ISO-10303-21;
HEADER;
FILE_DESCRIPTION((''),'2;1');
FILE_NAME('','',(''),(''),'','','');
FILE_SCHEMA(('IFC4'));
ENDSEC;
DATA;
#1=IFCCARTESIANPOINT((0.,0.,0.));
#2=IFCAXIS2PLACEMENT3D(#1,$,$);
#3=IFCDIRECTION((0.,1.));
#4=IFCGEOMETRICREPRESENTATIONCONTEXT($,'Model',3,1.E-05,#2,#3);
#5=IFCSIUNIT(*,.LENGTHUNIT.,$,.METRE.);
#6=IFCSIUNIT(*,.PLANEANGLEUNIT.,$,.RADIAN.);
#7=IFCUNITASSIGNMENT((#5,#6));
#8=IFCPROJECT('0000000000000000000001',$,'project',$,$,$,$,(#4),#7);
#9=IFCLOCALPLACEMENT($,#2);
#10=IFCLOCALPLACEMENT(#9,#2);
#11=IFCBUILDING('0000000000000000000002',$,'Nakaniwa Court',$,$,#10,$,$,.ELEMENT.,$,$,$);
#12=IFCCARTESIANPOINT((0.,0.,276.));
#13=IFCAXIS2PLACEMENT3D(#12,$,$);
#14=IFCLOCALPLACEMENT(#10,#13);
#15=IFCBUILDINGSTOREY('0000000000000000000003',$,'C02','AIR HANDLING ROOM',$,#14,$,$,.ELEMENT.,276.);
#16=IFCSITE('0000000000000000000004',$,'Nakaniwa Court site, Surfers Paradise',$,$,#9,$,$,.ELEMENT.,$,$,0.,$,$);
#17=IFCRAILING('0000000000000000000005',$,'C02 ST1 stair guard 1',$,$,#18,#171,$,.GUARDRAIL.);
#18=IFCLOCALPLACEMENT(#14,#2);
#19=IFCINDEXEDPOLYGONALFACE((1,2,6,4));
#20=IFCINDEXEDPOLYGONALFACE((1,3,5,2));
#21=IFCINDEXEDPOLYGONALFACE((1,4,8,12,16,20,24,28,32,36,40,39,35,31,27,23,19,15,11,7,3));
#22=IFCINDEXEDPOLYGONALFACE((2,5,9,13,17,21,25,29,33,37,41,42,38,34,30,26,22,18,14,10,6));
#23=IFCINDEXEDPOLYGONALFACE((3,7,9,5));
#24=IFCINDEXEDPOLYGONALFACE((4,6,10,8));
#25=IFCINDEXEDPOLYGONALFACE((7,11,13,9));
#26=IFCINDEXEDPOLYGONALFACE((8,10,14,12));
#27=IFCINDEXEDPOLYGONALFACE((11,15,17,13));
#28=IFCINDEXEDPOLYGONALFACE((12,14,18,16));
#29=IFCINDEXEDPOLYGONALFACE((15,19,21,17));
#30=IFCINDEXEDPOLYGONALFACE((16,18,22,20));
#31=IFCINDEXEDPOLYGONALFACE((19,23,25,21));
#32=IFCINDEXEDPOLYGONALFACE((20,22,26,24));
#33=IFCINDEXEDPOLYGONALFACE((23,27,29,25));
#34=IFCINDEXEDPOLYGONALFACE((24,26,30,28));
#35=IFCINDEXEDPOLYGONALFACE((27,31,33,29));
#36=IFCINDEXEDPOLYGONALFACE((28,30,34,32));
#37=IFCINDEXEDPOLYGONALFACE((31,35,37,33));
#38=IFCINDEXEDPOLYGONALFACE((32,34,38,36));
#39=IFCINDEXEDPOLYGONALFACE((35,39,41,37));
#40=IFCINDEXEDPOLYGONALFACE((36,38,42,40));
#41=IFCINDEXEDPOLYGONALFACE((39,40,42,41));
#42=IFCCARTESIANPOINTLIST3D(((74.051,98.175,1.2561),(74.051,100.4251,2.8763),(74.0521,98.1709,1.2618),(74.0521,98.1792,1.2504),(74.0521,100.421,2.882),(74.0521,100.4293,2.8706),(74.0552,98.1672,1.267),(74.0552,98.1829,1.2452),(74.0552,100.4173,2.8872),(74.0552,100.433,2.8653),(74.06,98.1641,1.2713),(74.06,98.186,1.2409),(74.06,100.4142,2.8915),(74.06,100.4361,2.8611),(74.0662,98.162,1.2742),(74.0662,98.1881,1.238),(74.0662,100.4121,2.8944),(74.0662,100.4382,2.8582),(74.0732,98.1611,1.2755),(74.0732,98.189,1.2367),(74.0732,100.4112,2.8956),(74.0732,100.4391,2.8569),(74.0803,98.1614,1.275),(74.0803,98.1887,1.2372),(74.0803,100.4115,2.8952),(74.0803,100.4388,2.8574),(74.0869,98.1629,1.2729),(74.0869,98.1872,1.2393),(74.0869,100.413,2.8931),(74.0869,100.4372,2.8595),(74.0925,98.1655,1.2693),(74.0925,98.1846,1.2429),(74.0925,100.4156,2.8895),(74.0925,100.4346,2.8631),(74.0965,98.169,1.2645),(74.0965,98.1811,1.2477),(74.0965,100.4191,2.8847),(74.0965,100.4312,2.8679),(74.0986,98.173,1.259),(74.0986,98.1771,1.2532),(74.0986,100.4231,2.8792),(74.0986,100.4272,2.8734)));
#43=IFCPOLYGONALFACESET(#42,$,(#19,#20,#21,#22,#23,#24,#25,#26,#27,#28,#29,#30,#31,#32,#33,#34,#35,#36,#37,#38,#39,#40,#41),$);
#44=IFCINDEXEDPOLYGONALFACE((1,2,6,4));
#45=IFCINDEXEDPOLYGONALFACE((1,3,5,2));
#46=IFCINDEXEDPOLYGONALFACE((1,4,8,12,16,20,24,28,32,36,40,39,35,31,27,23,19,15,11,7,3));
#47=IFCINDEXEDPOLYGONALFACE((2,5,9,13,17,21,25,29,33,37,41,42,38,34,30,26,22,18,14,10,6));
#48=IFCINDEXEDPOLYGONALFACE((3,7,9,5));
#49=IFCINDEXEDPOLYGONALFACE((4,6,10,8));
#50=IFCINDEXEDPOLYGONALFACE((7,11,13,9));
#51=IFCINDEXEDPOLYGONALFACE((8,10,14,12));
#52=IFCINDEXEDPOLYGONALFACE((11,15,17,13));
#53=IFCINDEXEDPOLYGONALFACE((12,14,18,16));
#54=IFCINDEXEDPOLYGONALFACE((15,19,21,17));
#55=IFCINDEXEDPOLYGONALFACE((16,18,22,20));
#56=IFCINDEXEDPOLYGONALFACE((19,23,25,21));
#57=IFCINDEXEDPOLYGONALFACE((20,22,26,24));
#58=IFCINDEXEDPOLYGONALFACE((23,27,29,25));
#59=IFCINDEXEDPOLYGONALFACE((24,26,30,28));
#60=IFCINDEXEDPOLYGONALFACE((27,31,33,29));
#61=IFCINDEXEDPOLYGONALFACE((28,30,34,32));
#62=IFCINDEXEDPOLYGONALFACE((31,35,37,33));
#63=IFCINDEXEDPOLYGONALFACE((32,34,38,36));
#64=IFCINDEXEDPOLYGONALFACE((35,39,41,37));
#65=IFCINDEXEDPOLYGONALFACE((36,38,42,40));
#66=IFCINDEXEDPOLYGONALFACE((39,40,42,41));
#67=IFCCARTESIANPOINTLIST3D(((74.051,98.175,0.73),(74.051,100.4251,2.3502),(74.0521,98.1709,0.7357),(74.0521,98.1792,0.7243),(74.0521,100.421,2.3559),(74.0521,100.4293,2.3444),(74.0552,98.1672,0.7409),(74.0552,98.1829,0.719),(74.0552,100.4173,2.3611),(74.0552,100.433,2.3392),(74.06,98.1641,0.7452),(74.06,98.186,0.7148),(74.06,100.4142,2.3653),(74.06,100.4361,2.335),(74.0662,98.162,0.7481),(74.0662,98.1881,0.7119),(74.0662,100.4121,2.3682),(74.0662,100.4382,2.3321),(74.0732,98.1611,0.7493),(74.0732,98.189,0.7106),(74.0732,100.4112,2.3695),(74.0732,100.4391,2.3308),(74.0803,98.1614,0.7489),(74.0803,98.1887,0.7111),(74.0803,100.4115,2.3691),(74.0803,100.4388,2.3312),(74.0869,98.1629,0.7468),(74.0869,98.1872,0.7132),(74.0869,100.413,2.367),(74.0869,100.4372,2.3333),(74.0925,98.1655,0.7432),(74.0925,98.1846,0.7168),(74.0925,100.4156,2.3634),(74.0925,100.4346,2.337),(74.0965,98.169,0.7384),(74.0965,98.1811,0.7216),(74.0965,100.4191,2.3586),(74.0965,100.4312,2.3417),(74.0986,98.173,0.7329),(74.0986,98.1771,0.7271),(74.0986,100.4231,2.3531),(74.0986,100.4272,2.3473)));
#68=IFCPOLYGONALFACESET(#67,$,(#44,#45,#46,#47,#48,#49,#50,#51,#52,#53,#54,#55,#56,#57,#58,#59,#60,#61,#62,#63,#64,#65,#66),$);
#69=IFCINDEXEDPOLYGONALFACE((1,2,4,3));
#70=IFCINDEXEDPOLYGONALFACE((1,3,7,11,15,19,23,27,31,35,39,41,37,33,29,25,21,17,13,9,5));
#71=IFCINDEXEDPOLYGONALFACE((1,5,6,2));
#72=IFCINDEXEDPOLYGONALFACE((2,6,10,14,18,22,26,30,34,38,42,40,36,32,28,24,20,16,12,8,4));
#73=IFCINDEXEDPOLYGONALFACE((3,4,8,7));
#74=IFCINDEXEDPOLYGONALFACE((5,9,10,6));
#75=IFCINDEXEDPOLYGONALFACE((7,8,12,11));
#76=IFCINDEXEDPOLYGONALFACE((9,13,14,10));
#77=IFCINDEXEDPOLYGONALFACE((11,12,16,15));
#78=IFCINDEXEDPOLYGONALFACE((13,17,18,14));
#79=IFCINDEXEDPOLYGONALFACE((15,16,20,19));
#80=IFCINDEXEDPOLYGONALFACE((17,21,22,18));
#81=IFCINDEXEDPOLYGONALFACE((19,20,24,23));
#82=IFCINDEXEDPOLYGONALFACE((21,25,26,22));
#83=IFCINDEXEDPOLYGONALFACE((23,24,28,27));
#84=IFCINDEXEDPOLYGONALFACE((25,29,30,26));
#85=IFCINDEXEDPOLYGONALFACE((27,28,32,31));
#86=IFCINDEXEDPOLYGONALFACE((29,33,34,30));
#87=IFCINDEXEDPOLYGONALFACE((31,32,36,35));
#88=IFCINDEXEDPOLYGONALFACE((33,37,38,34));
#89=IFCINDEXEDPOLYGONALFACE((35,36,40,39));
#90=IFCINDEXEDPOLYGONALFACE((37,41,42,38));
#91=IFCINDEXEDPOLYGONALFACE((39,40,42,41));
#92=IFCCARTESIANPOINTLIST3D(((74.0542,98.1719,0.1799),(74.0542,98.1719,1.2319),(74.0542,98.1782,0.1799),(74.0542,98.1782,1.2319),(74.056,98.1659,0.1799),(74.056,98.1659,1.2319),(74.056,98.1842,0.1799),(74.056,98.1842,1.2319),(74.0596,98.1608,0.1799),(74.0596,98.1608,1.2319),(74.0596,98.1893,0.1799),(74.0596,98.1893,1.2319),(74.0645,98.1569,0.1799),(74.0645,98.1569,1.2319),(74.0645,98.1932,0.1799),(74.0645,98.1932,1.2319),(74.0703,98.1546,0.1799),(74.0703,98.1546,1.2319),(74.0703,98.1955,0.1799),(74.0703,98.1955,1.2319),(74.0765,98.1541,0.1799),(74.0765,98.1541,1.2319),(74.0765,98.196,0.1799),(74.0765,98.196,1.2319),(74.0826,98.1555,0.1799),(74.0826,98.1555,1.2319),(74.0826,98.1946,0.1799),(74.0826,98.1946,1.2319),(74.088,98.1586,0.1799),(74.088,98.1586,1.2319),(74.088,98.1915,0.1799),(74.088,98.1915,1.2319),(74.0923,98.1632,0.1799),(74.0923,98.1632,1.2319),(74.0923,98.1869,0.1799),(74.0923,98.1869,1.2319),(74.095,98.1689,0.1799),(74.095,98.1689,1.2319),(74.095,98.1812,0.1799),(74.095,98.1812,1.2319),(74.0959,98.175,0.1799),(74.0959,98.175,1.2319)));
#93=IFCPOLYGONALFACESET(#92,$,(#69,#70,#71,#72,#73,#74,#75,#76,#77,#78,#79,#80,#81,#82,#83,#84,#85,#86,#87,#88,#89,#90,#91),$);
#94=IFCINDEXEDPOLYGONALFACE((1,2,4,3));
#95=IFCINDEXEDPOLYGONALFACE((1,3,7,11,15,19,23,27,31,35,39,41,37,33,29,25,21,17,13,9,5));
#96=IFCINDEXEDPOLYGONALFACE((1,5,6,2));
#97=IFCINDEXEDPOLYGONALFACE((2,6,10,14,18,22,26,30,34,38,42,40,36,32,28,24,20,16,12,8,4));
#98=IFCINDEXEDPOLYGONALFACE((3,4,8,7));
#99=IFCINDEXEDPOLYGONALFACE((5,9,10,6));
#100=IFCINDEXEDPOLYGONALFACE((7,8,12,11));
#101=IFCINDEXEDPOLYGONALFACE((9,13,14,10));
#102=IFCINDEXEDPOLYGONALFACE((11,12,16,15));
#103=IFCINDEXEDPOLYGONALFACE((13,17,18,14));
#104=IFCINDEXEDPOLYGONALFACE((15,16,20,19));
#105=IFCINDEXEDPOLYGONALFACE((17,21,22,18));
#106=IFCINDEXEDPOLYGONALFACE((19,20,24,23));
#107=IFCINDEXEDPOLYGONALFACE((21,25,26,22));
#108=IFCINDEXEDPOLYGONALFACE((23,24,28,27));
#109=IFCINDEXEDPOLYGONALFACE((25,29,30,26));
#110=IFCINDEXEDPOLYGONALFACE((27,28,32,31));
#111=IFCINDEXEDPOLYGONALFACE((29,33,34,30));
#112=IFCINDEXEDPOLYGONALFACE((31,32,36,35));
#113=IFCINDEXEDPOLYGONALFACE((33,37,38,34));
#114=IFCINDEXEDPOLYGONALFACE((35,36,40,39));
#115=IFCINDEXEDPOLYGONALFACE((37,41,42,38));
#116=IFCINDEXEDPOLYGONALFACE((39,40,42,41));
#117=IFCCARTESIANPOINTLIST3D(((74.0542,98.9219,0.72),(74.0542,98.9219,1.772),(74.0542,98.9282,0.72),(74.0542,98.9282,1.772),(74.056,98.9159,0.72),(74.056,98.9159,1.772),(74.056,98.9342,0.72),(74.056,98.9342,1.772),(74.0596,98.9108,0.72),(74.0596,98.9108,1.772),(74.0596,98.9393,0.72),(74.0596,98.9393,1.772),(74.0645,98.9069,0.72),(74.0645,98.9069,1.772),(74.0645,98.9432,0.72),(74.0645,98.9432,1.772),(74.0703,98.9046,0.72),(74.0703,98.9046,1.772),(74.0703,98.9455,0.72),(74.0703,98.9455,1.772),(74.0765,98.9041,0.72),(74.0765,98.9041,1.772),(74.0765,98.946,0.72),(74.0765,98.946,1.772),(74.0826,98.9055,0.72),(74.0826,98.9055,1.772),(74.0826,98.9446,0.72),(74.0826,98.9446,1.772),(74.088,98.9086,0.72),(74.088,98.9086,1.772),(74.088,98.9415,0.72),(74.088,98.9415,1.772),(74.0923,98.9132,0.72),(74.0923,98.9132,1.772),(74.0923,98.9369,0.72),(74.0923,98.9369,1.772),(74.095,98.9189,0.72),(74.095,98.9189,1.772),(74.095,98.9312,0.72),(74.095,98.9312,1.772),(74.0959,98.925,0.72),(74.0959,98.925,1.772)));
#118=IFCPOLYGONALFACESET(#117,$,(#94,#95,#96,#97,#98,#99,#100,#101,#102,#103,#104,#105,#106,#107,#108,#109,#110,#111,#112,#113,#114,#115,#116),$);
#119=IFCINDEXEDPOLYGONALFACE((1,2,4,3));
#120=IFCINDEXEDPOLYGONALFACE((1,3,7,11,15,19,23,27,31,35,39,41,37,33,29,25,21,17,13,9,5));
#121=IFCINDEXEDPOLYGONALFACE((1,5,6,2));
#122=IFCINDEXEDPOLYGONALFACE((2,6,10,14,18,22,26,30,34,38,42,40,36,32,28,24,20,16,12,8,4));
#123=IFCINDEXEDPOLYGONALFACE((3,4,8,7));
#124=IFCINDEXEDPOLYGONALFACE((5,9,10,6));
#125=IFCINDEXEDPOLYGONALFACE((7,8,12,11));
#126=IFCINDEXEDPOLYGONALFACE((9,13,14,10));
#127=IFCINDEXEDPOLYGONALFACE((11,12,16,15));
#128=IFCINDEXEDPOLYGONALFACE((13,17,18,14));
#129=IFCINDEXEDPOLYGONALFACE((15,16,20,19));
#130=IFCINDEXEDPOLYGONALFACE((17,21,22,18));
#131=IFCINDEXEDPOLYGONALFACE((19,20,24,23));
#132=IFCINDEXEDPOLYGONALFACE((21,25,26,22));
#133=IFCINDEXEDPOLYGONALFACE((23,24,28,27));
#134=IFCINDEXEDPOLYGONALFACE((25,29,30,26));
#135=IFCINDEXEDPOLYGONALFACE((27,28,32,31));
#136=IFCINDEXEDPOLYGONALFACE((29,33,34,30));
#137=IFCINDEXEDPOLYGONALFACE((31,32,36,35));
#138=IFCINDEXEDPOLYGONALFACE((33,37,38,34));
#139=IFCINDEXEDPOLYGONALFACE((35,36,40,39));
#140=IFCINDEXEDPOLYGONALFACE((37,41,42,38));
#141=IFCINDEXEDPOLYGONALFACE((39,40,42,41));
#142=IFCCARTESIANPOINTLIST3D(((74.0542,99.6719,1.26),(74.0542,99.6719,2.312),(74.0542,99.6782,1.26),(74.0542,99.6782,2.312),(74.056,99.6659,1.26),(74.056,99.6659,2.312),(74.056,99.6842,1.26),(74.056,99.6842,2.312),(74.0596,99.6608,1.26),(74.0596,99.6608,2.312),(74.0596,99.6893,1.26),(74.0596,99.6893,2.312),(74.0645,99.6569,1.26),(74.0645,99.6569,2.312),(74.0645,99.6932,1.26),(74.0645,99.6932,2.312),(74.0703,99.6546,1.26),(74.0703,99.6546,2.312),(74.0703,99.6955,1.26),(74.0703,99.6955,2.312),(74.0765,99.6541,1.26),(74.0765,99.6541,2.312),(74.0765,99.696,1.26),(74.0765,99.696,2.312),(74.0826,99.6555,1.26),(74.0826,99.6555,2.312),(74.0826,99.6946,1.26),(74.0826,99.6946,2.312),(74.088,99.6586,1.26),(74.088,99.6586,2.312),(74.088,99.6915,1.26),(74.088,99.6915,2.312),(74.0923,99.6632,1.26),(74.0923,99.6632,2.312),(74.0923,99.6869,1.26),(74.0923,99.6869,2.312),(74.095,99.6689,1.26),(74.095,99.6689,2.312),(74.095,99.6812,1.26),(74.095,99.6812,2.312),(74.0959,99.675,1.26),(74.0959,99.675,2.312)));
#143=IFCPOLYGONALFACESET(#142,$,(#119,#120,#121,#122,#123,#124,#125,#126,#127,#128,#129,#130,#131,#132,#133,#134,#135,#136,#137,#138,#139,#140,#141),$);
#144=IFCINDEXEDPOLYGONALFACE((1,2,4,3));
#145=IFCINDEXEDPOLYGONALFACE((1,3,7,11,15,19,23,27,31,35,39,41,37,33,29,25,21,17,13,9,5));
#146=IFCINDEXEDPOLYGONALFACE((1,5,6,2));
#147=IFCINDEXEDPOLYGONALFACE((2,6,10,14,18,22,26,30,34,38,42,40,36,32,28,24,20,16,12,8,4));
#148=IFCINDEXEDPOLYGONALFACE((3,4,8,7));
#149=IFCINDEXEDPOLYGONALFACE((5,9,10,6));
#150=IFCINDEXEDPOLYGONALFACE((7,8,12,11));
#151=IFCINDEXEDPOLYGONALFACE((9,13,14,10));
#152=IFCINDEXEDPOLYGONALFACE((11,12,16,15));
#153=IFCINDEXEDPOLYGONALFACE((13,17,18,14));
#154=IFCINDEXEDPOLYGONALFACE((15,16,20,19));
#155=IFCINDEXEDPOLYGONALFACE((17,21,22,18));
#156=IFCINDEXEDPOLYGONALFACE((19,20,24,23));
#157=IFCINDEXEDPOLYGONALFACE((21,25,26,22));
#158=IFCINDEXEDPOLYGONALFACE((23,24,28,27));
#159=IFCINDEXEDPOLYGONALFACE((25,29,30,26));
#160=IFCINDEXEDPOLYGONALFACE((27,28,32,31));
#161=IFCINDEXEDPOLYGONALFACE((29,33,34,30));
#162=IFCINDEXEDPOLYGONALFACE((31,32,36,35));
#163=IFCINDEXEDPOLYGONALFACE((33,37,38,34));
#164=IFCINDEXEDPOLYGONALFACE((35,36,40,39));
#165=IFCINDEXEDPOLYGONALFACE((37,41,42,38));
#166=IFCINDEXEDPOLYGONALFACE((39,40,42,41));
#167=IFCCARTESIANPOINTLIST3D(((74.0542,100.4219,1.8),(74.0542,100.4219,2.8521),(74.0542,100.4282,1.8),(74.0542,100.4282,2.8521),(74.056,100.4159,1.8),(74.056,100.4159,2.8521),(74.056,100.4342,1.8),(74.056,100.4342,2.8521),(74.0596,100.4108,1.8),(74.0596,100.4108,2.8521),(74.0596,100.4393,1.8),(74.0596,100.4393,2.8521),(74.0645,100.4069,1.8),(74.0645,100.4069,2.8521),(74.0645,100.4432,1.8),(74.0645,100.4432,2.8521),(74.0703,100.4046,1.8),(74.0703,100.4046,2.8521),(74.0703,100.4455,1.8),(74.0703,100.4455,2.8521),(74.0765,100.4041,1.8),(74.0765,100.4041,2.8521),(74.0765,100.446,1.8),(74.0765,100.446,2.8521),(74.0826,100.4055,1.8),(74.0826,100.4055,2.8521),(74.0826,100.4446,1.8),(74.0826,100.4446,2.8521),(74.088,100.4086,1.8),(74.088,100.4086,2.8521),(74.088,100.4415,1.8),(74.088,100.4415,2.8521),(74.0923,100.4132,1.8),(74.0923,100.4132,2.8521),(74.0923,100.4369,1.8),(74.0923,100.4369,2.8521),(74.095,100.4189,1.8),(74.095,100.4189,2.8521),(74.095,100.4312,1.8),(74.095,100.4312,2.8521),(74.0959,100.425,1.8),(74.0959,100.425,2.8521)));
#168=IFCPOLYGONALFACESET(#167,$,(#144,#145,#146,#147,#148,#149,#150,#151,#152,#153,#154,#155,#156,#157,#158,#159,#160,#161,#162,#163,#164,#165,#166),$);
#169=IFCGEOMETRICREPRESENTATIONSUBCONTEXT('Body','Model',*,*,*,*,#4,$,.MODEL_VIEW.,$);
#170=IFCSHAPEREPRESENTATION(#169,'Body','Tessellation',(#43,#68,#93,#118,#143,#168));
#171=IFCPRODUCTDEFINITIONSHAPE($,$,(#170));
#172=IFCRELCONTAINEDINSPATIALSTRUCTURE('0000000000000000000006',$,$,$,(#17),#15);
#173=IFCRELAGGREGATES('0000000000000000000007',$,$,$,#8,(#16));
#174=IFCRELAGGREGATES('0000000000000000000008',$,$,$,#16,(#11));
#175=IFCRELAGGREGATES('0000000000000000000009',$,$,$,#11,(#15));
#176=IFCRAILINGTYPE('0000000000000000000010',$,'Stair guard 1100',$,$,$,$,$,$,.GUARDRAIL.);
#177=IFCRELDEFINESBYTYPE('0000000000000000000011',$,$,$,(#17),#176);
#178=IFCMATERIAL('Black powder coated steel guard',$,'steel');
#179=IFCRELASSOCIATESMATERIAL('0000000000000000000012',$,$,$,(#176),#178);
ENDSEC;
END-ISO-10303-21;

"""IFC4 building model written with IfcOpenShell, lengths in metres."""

from ifc_helpers import new_model, si_unit, direction, frame, origin, origin_2d, place, context, subcontext, project, spatial, circle, extrude, material, type_object, element, save


model = new_model("IFC4")

# Units and contexts
model_context = context("Model", 3, precision=1e-05, world=origin(), true_north=direction((0.0, 1.0)))
body_context = subcontext(model_context, "Body", "Model", "MODEL_VIEW")
ifc_project = project(units=[si_unit("LENGTHUNIT", "METRE"), si_unit("PLANEANGLEUNIT", "RADIAN")], contexts=[model_context])

# Site, building, storey
site_placement = place(None, origin())
site = spatial("IfcSite", under=ifc_project, at=site_placement, Name="Nakaniwa Court site, Surfers Paradise", CompositionType="ELEMENT", RefElevation=0.0)
building_placement = place(site_placement, origin())
building = spatial("IfcBuilding", under=site, at=building_placement, Name="Nakaniwa Court", CompositionType="ELEMENT")
storey_placement = place(building_placement, frame((0.0, 0.0, 276.0)))
storey = spatial("IfcBuildingStorey", under=building, at=storey_placement, Name="C02", Description="AIR HANDLING ROOM", CompositionType="ELEMENT", Elevation=276.0)

# Railing
ifc_material_1 = material(Name="Black powder coated steel guard", Category="steel")
railing_type_1 = type_object("IfcRailingType", Name="Stair guard 1100", PredefinedType="GUARDRAIL", material=ifc_material_1)
railing_1_placement = place(storey_placement, frame((74.075, 98.175, 0.1799)))
element("IfcRailing", 1, at=railing_1_placement, inside=storey, type_object=railing_type_1, Name="C02 ST1 stair guard 1", PredefinedType="GUARDRAIL", context=body_context, shape_type="SweptSolid", body=[
    extrude(circle(Radius=0.0239, at=origin_2d()), frame((0.0, 0.0, 1.0762), z_axis=(0.0, 0.811514, 0.584333), x_axis=(-1.0, 0.0, 0.0)), (0.0, 0.0, 1.0), 2.7727),
    extrude(circle(Radius=0.0239, at=origin_2d()), frame((0.0, 0.0, 0.55), z_axis=(0.0, 0.811514, 0.584333), x_axis=(-1.0, 0.0, 0.0)), (0.0, 0.0, 1.0), 2.7727),
    extrude(circle(Radius=0.021, at=origin_2d()), origin(), (0.0, 0.0, 1.0), 1.052),
    extrude(circle(Radius=0.021, at=origin_2d()), frame((0.0, 0.75, 0.54)), (0.0, 0.0, 1.0), 1.052),
    extrude(circle(Radius=0.021, at=origin_2d()), frame((0.0, 1.5, 1.0801)), (0.0, 0.0, 1.0), 1.052),
    extrude(circle(Radius=0.021, at=origin_2d()), frame((0.0, 2.25, 1.6201)), (0.0, 0.0, 1.0), 1.052),
])

save(model, "model.ifc")
